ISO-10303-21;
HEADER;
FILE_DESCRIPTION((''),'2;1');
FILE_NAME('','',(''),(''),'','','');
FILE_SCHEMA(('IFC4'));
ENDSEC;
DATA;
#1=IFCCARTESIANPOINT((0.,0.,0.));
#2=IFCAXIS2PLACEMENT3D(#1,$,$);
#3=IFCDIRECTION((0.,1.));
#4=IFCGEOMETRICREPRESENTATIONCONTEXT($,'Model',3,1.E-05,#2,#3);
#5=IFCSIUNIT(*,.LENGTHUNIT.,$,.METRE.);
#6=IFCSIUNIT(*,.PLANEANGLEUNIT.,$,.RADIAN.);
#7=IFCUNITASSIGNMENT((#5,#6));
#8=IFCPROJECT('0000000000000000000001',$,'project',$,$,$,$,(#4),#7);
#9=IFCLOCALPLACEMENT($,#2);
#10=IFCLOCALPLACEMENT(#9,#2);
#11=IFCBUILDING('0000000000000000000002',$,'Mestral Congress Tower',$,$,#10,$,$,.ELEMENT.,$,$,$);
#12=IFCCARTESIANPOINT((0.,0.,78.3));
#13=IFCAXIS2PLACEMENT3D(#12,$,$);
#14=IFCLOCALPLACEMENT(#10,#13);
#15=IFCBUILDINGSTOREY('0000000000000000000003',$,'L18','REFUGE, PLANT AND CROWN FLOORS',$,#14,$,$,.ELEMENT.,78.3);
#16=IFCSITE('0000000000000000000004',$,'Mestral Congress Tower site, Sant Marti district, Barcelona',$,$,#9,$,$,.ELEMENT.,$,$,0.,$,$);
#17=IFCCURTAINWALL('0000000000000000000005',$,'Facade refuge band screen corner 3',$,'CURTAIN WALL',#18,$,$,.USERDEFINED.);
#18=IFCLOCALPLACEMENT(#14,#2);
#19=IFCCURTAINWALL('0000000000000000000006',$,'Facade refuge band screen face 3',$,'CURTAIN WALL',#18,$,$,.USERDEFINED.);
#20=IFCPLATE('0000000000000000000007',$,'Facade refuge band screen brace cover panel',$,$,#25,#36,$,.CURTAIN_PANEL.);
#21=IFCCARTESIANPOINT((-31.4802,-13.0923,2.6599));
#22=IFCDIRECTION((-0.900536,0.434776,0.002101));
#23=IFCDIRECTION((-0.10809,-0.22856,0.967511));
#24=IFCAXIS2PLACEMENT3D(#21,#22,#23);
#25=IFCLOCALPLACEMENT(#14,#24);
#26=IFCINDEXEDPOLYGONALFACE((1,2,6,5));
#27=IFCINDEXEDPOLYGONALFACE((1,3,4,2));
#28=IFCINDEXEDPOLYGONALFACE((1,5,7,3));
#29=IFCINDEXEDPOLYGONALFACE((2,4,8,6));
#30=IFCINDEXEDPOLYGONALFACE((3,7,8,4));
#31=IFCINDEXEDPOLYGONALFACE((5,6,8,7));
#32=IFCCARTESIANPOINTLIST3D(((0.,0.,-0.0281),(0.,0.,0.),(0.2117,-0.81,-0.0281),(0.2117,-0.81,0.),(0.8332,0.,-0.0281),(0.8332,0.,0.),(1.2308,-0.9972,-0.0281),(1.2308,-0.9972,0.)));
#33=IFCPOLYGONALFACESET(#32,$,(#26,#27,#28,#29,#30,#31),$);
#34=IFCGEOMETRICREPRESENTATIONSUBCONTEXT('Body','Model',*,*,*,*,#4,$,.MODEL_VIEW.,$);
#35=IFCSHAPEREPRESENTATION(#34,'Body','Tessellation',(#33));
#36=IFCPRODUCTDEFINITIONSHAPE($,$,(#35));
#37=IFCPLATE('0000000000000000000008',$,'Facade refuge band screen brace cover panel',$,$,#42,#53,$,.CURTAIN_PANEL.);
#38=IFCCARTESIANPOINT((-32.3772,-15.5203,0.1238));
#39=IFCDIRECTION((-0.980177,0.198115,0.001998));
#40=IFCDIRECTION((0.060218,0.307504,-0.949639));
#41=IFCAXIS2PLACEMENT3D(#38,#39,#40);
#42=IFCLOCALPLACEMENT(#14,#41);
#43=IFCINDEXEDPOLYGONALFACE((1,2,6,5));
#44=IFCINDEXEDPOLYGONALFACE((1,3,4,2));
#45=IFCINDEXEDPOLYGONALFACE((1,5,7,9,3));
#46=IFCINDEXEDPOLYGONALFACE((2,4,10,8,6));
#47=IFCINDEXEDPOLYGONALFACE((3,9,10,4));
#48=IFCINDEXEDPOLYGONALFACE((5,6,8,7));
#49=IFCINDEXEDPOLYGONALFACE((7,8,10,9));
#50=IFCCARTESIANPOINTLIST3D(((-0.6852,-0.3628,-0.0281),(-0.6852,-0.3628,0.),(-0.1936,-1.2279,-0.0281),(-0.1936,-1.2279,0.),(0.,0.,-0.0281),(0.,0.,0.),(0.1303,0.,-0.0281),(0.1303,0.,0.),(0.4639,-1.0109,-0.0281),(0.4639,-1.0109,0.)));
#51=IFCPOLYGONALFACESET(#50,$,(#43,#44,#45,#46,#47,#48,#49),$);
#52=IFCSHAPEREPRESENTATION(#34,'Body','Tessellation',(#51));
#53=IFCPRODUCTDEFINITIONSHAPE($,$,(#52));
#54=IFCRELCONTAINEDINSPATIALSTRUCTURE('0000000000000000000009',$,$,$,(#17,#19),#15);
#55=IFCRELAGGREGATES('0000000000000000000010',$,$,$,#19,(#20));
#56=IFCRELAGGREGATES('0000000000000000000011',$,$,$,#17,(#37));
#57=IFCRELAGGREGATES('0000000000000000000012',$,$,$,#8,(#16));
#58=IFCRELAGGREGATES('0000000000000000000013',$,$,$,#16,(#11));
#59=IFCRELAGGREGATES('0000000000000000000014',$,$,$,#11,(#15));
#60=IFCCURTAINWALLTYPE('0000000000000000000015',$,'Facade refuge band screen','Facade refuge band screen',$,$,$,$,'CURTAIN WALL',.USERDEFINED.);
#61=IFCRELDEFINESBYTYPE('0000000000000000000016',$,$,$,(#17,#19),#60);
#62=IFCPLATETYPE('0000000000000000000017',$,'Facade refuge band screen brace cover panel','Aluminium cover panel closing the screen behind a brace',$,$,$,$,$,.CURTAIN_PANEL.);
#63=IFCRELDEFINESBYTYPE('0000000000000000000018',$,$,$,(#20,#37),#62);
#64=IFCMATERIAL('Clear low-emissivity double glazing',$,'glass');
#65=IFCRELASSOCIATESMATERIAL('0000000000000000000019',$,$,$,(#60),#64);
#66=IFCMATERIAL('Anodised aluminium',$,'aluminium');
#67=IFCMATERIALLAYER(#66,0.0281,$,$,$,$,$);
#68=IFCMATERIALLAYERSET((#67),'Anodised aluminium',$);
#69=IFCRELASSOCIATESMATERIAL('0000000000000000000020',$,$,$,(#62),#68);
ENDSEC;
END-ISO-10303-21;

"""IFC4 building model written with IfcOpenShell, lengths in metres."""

from ifc_helpers import new_model, si_unit, direction, frame, origin, place, context, subcontext, project, spatial, polyline, outline, extrude, material, layer, layer_set, type_object, element, aggregate, save


model = new_model("IFC4")

# Units and contexts
model_context = context("Model", 3, precision=1e-05, world=origin(), true_north=direction((0.0, 1.0)))
body_context = subcontext(model_context, "Body", "Model", "MODEL_VIEW")
ifc_project = project(units=[si_unit("LENGTHUNIT", "METRE"), si_unit("PLANEANGLEUNIT", "RADIAN")], contexts=[model_context])

# Site, building, storey
site_placement = place(None, origin())
site = spatial("IfcSite", under=ifc_project, at=site_placement, Name="Mestral Congress Tower site, Sant Marti district, Barcelona", CompositionType="ELEMENT", RefElevation=0.0)
building_placement = place(site_placement, origin())
building = spatial("IfcBuilding", under=site, at=building_placement, Name="Mestral Congress Tower", CompositionType="ELEMENT")
storey_placement = place(building_placement, frame((0.0, 0.0, 78.3)))
storey = spatial("IfcBuildingStorey", under=building, at=storey_placement, Name="L18", Description="REFUGE, PLANT AND CROWN FLOORS", CompositionType="ELEMENT", Elevation=78.3)

# Curtain wall
ifc_material_1 = material(Name="Clear low-emissivity double glazing", Category="glass")
curtain_wall_type = type_object("IfcCurtainWallType", Name="Facade refuge band screen", Description="Facade refuge band screen", ElementType="CURTAIN WALL", PredefinedType="USERDEFINED", material=ifc_material_1)
placement = place(storey_placement, origin())
curtain_wall_1 = element("IfcCurtainWall", 1, at=placement, inside=storey, type_object=curtain_wall_type, Name="Facade refuge band screen corner 3", ObjectType="CURTAIN WALL", PredefinedType="USERDEFINED")
ifc_material_2 = material(Name="Anodised aluminium", Category="aluminium")

# Curtain wall, plate
curtain_wall_2 = element("IfcCurtainWall", 2, at=placement, inside=storey, type_object=curtain_wall_type, Name="Facade refuge band screen face 3", ObjectType="CURTAIN WALL", PredefinedType="USERDEFINED")
ifc_layer_1 = layer(ifc_material_2, 0.0281)
ifc_layer_set_1 = layer_set([ifc_layer_1], Name="Anodised aluminium")
plate_type_1 = type_object("IfcPlateType", Name="Facade refuge band screen brace cover panel", Description="Aluminium cover panel closing the screen behind a brace", PredefinedType="CURTAIN_PANEL", material=ifc_layer_set_1)
plate_1_placement = place(storey_placement, frame((-31.4802, -13.0923, 2.6599), z_axis=(-0.900536, 0.434776, 0.002101), x_axis=(-0.10809, -0.22856, 0.967511)))
plate_1 = element("IfcPlate", 3, at=plate_1_placement, type_object=plate_type_1, Name="Facade refuge band screen brace cover panel", PredefinedType="CURTAIN_PANEL", context=body_context, shape_type="SweptSolid", body=[
    extrude(outline(polyline([(0.0, 0.0), (0.8332, 0.0), (1.2308, -0.9972), (0.2117, -0.81), (0.0, 0.0)])), origin(), (0.0, 0.0, -1.0), 0.0281),
])

# Plate
plate_2_placement = place(storey_placement, frame((-32.3772, -15.5203, 0.1238), z_axis=(-0.980177, 0.198115, 0.001998), x_axis=(0.060218, 0.307504, -0.949639)))
plate_2 = element("IfcPlate", 4, at=plate_2_placement, type_object=plate_type_1, Name="Facade refuge band screen brace cover panel", PredefinedType="CURTAIN_PANEL", context=body_context, shape_type="SweptSolid", body=[
    extrude(outline(polyline([(0.0, 0.0), (0.1303, 0.0), (0.4639, -1.0109), (-0.1936, -1.2279), (-0.6852, -0.3628), (0.0, 0.0)])), origin(), (0.0, 0.0, -1.0), 0.0281),
])

aggregate(curtain_wall_2, [plate_1])
aggregate(curtain_wall_1, [plate_2])

save(model, "model.ifc")
